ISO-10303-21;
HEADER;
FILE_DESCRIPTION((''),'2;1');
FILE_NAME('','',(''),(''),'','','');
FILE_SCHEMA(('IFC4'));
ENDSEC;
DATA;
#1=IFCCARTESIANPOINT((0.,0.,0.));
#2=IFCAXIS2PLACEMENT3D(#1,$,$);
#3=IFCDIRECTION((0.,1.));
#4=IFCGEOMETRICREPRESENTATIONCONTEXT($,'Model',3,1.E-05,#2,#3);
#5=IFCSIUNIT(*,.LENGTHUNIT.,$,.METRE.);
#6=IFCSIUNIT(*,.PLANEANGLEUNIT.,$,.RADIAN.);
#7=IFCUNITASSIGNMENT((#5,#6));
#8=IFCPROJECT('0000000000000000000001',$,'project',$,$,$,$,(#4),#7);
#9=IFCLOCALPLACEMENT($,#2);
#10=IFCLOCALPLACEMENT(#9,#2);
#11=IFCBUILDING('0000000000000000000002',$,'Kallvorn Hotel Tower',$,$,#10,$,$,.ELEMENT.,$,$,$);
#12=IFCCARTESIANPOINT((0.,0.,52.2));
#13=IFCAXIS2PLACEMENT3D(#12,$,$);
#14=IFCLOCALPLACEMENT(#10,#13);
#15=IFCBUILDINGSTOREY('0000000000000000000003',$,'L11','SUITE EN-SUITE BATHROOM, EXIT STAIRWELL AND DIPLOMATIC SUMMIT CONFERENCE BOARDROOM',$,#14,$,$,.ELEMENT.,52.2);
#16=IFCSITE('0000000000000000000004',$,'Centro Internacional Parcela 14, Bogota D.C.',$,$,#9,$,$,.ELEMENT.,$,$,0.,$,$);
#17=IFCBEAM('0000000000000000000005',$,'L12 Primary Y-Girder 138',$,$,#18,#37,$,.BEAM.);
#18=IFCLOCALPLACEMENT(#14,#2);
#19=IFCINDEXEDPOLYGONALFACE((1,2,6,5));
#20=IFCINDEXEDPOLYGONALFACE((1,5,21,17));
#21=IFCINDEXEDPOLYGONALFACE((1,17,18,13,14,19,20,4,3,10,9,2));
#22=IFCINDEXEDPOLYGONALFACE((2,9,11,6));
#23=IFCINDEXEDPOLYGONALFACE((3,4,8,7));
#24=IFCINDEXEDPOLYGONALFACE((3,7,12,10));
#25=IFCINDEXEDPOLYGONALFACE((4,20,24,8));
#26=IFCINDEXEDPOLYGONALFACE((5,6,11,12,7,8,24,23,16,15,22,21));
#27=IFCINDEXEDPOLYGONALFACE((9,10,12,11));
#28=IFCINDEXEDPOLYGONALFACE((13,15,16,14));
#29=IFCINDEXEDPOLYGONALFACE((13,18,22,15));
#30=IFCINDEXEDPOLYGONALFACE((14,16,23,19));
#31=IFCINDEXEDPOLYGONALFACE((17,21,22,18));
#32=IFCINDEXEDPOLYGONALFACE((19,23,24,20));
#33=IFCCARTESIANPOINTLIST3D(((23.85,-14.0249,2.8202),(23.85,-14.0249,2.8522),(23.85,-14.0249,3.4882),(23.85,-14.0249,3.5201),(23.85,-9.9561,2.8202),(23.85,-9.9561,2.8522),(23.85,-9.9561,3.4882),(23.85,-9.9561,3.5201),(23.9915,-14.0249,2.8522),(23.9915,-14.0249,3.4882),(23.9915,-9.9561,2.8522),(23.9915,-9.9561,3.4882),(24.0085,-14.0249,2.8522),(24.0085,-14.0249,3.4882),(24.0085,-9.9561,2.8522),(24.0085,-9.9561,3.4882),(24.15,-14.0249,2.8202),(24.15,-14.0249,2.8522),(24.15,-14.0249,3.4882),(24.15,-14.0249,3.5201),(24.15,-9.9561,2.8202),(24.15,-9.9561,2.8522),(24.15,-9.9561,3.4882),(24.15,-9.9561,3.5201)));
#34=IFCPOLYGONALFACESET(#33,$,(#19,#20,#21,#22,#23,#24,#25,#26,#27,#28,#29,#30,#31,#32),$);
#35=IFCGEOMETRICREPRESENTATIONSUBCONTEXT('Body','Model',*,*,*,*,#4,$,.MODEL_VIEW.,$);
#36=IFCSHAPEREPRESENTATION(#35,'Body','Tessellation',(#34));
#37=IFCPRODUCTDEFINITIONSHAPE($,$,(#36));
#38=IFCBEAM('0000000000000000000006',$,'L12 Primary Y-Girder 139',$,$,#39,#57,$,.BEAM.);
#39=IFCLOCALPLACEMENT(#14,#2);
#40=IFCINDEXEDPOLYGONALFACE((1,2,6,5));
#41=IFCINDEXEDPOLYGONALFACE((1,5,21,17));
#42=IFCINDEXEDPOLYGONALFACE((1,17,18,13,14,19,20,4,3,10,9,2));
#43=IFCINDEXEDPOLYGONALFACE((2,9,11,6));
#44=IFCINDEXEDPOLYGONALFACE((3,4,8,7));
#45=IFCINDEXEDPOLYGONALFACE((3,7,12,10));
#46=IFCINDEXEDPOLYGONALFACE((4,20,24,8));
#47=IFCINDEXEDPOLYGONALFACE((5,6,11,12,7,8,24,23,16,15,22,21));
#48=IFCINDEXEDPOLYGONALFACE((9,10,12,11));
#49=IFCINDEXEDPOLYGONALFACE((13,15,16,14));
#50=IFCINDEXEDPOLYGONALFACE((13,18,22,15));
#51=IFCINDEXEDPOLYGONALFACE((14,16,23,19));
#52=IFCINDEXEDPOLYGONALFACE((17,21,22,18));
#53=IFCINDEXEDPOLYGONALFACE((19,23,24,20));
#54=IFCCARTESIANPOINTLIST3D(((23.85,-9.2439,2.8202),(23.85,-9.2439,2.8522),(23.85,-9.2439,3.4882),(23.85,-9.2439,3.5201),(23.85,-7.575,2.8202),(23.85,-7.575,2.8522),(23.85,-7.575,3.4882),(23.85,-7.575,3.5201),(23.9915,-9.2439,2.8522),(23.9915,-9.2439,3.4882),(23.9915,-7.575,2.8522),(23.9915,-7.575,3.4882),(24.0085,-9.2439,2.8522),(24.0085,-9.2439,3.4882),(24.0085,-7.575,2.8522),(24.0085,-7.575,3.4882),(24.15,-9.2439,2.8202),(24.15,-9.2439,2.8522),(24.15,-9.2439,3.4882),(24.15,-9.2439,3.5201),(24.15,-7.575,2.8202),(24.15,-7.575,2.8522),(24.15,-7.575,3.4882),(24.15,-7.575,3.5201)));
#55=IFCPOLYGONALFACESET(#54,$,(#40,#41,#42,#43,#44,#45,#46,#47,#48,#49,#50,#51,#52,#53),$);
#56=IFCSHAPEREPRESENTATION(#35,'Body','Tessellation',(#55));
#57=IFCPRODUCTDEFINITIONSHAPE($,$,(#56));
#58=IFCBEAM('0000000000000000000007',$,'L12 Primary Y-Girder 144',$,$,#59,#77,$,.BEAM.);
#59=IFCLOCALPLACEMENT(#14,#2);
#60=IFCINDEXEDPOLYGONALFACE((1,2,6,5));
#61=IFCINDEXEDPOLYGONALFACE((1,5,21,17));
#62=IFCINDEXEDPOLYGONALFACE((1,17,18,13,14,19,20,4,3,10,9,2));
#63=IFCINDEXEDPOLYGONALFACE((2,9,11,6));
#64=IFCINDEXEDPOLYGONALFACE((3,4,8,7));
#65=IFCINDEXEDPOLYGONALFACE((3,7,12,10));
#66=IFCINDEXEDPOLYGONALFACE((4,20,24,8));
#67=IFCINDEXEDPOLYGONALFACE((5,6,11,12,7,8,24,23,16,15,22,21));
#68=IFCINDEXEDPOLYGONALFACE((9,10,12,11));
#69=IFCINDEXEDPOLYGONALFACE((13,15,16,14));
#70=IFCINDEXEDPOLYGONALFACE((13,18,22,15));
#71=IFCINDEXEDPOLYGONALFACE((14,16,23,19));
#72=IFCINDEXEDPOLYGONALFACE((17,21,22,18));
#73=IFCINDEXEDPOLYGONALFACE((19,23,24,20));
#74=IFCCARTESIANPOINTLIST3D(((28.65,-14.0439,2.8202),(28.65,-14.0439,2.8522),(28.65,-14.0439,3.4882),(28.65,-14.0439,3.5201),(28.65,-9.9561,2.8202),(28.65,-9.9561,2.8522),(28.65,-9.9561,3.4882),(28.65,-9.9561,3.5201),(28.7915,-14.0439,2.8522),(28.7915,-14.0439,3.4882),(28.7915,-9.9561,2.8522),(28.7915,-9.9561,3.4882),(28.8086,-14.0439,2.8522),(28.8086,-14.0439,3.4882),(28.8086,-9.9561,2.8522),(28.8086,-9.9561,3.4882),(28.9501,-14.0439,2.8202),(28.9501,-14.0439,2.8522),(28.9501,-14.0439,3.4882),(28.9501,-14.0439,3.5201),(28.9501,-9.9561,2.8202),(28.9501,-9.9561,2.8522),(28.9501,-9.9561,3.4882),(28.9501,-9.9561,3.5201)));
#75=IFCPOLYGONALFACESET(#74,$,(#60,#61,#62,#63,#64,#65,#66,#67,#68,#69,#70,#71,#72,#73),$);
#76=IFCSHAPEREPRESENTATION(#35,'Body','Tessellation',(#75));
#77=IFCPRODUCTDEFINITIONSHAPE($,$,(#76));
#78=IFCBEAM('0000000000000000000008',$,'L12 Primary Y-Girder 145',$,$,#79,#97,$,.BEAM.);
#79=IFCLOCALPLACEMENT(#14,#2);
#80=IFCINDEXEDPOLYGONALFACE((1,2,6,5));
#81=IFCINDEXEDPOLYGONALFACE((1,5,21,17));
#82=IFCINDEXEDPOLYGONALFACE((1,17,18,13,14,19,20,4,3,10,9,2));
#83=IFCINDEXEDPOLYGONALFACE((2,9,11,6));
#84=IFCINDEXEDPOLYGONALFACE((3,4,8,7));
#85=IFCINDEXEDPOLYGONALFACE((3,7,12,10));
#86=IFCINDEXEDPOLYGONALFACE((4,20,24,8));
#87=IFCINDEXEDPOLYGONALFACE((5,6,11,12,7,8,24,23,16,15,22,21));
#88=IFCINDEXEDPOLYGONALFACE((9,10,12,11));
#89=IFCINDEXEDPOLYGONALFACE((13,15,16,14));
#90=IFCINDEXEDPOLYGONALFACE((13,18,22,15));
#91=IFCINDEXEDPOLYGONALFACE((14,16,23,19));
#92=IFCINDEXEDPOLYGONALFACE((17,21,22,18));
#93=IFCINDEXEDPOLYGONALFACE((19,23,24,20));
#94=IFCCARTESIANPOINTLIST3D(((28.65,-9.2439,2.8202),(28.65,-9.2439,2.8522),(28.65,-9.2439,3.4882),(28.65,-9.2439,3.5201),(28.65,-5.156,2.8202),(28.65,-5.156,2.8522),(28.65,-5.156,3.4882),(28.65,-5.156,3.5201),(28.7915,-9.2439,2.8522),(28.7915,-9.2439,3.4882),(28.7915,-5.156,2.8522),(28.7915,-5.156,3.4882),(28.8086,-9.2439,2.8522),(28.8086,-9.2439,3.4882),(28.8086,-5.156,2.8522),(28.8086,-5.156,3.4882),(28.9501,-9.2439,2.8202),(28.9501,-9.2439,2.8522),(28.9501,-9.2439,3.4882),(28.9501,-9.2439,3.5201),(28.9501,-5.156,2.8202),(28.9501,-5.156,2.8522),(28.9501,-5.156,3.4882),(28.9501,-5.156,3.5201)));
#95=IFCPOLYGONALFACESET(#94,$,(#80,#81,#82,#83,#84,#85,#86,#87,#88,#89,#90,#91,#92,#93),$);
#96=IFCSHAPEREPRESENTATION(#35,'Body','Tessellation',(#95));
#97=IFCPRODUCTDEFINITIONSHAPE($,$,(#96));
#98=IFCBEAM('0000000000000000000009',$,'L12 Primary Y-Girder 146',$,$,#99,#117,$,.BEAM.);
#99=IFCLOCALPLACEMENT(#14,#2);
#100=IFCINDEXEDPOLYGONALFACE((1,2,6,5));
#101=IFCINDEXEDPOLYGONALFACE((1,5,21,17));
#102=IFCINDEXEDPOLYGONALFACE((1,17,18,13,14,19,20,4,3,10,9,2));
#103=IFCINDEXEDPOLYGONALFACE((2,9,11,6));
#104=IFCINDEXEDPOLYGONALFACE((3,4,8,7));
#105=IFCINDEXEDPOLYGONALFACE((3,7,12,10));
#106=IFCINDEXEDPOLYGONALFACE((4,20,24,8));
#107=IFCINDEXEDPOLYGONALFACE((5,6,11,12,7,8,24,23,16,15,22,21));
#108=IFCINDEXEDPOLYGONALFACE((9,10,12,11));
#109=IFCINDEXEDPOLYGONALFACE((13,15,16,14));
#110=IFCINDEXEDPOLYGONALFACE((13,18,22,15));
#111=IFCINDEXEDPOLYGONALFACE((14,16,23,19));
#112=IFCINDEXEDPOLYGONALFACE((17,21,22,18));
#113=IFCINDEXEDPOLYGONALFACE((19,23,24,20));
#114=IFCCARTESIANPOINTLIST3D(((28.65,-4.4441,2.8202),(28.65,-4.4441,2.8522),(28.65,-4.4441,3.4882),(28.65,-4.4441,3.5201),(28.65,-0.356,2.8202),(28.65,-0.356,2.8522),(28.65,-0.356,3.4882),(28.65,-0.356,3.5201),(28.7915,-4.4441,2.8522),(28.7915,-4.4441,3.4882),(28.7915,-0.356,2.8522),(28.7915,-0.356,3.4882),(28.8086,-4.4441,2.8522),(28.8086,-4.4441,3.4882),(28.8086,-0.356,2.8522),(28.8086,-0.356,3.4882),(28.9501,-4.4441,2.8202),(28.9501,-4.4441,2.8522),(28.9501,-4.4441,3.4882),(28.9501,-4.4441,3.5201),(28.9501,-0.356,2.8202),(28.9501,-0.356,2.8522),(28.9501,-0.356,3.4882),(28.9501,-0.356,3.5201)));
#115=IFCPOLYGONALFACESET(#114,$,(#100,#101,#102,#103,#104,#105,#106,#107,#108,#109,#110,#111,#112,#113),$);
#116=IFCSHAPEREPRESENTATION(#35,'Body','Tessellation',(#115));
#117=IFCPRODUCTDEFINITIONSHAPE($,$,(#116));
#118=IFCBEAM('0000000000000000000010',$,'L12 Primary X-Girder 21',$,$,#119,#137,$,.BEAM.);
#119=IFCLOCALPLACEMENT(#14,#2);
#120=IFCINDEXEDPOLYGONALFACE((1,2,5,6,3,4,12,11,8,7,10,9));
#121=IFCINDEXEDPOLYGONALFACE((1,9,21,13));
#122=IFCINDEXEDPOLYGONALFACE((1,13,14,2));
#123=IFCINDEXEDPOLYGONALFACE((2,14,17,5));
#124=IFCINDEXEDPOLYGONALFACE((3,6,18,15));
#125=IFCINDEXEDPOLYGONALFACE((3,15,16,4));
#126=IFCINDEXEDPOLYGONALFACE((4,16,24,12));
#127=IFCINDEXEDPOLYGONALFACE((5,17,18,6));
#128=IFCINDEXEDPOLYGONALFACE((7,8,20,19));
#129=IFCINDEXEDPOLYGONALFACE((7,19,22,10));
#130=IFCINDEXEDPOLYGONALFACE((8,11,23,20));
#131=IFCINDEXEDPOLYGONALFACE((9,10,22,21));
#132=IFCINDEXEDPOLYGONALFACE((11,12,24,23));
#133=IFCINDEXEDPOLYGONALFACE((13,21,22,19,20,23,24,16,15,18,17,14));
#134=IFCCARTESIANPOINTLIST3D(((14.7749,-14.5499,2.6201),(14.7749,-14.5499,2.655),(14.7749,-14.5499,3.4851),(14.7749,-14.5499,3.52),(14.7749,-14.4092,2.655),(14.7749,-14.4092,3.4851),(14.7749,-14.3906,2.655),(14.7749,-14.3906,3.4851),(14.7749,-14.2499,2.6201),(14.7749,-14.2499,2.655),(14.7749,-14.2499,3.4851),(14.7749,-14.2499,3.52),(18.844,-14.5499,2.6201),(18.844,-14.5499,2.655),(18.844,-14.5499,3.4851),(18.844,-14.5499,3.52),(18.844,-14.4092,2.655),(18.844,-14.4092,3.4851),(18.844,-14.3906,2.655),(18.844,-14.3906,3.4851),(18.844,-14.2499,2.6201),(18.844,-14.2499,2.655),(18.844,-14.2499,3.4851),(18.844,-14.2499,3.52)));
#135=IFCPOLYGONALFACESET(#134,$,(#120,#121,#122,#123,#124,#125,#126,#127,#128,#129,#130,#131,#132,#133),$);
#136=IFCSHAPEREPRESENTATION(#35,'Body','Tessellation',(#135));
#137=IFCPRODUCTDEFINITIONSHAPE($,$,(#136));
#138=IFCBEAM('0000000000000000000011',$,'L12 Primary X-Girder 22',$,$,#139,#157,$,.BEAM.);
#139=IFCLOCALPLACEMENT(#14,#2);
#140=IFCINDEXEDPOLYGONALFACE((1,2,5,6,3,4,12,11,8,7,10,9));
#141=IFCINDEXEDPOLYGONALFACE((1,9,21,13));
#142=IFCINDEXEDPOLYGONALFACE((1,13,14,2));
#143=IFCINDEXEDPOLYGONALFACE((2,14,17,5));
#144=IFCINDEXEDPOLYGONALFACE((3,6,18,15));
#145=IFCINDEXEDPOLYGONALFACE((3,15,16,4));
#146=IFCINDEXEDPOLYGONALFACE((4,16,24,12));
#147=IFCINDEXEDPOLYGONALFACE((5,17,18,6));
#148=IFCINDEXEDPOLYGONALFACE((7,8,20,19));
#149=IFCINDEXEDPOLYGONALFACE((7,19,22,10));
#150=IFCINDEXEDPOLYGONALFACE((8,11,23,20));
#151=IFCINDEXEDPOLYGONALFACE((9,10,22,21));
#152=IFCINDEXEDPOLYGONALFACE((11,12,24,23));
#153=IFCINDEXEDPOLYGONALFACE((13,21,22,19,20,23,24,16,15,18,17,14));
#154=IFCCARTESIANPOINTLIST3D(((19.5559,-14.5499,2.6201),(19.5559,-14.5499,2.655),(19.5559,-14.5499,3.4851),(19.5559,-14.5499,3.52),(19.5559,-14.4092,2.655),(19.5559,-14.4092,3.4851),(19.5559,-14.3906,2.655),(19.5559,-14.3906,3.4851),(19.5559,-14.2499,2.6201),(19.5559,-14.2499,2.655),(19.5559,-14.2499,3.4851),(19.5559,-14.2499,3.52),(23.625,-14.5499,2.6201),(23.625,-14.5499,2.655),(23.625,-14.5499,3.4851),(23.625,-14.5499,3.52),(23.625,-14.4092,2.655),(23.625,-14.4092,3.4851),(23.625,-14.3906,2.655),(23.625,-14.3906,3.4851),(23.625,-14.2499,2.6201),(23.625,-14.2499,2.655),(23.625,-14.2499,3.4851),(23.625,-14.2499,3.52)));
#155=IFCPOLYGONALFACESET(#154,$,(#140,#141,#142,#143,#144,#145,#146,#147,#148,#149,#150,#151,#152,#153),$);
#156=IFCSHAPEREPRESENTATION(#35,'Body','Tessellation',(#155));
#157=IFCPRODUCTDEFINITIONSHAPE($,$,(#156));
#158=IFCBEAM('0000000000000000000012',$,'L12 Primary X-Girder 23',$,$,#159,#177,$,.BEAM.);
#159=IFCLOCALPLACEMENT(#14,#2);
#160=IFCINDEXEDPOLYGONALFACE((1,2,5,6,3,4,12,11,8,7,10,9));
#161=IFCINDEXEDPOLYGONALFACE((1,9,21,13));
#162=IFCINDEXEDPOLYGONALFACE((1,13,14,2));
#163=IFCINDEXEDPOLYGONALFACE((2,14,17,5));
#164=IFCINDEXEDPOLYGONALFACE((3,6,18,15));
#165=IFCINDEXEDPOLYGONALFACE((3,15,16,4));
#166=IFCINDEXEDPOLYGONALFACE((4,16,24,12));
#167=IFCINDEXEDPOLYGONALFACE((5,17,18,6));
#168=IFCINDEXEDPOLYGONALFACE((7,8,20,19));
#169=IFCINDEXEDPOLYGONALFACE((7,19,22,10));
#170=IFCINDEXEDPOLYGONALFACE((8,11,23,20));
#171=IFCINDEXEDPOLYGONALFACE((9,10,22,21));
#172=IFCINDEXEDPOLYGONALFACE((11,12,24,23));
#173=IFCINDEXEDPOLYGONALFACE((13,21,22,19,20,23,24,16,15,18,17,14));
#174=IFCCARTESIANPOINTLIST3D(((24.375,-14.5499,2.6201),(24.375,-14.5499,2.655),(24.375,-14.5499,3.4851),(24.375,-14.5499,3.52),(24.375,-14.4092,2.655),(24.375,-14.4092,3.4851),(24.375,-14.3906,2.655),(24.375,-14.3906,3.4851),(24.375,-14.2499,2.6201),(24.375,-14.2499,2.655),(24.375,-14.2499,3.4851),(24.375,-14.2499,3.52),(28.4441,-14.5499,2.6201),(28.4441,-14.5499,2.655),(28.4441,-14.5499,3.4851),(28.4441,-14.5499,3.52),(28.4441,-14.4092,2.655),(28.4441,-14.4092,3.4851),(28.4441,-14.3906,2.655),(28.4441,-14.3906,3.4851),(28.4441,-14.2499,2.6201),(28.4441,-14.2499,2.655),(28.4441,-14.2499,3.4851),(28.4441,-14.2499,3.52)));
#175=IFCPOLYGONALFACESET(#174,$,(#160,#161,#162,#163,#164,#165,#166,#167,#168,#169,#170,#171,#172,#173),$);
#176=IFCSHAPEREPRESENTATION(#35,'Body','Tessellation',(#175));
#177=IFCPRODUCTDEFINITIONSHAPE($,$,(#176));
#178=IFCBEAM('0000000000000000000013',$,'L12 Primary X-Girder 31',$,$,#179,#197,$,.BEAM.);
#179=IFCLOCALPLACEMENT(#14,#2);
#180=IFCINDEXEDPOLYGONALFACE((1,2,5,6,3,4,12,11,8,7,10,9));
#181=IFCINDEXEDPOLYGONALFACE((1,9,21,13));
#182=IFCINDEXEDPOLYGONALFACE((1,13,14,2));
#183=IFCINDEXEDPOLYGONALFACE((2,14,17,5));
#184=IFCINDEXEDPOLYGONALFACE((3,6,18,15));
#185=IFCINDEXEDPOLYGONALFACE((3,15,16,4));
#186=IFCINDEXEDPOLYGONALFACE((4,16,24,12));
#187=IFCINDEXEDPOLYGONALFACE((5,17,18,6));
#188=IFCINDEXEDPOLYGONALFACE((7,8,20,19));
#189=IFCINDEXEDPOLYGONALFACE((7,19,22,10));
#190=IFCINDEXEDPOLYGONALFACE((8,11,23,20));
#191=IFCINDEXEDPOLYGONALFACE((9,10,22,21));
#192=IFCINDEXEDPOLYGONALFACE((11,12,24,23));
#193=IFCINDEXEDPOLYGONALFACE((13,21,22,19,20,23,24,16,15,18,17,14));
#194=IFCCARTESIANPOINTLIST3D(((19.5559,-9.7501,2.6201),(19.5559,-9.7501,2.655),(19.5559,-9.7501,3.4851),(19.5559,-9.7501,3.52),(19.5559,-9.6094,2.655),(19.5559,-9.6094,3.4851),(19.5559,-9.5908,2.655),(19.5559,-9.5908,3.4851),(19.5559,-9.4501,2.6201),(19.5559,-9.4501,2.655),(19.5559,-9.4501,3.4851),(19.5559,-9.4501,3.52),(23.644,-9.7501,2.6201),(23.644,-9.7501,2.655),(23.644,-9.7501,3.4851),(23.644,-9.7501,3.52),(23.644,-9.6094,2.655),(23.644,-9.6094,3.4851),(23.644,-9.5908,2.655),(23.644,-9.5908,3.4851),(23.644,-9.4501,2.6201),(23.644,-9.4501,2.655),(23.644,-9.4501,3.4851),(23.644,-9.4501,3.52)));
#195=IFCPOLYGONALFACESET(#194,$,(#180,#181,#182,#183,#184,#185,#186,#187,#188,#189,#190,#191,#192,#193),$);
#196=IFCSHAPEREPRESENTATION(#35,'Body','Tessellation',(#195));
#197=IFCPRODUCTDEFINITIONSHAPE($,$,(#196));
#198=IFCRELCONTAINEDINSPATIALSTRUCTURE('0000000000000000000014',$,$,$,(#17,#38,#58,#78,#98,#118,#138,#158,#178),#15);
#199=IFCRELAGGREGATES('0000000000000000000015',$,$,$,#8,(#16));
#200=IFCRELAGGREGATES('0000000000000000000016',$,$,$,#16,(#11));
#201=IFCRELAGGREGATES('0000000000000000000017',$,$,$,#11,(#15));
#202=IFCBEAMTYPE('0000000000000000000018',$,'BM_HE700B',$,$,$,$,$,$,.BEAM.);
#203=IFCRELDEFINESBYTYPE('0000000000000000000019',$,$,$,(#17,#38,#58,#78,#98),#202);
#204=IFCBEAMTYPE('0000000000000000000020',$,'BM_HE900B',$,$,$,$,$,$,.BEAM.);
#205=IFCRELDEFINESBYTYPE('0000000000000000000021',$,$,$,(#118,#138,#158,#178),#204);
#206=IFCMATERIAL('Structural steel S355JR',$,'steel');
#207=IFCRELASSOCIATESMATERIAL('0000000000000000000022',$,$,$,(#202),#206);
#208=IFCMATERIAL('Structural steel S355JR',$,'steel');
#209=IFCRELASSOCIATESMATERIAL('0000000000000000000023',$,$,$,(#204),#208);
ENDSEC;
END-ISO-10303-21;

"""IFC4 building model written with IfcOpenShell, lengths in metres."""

from ifc_helpers import new_model, si_unit, direction, frame, origin, origin_2d, place, context, subcontext, project, spatial, i_section, extrude, material, material_profile, profile_set, type_object, element, save


model = new_model("IFC4")

# Units and contexts
model_context = context("Model", 3, precision=1e-05, world=origin(), true_north=direction((0.0, 1.0)))
body_context = subcontext(model_context, "Body", "Model", "MODEL_VIEW")
ifc_project = project(units=[si_unit("LENGTHUNIT", "METRE"), si_unit("PLANEANGLEUNIT", "RADIAN")], contexts=[model_context])

# Site, building, storey
site_placement = place(None, origin())
site = spatial("IfcSite", under=ifc_project, at=site_placement, Name="Centro Internacional Parcela 14, Bogota D.C.", CompositionType="ELEMENT", RefElevation=0.0)
building_placement = place(site_placement, origin())
building = spatial("IfcBuilding", under=site, at=building_placement, Name="Kallvorn Hotel Tower", CompositionType="ELEMENT")
storey_placement = place(building_placement, frame((0.0, 0.0, 52.2)))
storey = spatial("IfcBuildingStorey", under=building, at=storey_placement, Name="L11", Description="SUITE EN-SUITE BATHROOM, EXIT STAIRWELL AND DIPLOMATIC SUMMIT CONFERENCE BOARDROOM", CompositionType="ELEMENT", Elevation=52.2)

# Beams
ifc_material_1 = material(Name="Structural steel S355JR", Category="steel")
ifc_material_profile_1 = material_profile(ifc_material_1, i_section(OverallWidth=0.3, OverallDepth=0.7, WebThickness=0.0171, FlangeThickness=0.032, at=origin_2d()), Name="HE 700 B")
ifc_profile_set_1 = profile_set([ifc_material_profile_1], Name="Structural steel S355JR")
beam_type_1 = type_object("IfcBeamType", Name="BM_HE700B", PredefinedType="BEAM", material=ifc_profile_set_1)
beam_1_placement = place(storey_placement, frame((24.0, -14.0249, 3.1702), z_axis=(0.0, 1.0, 0.0), x_axis=(-1.0, 0.0, 0.0)))
element("IfcBeam", 1, at=beam_1_placement, inside=storey, type_object=beam_type_1, Name="L12 Primary Y-Girder 138", PredefinedType="BEAM", context=body_context, shape_type="SweptSolid", body=[
    extrude(i_section(OverallWidth=0.3, OverallDepth=0.7, WebThickness=0.0171, FlangeThickness=0.032, at=origin_2d()), origin(), (0.0, 0.0, 1.0), 4.0688),
])
beam_2_placement = place(storey_placement, frame((24.0, -9.2439, 3.1702), z_axis=(0.0, 1.0, 0.0), x_axis=(-1.0, 0.0, 0.0)))
element("IfcBeam", 2, at=beam_2_placement, inside=storey, type_object=beam_type_1, Name="L12 Primary Y-Girder 139", PredefinedType="BEAM", context=body_context, shape_type="SweptSolid", body=[
    extrude(i_section(OverallWidth=0.3, OverallDepth=0.7, WebThickness=0.0171, FlangeThickness=0.032, at=origin_2d()), origin(), (0.0, 0.0, 1.0), 1.6689),
])
for number, where, z_axis, x_axis, name in (
    (3, (28.8, -14.0439, 3.1702), (0.0, 1.0, 0.0), (-1.0, 0.0, 0.0), "L12 Primary Y-Girder 144"),
    (4, (28.8, -9.2439, 3.1702), (0.0, 1.0, 0.0), (-1.0, 0.0, 0.0), "L12 Primary Y-Girder 145"),
):
    element("IfcBeam", number, at=place(storey_placement, frame(where, z_axis=z_axis, x_axis=x_axis)), inside=storey, type_object=beam_type_1, Name=name, PredefinedType="BEAM", context=body_context, shape_type="SweptSolid", body=[
        extrude(i_section(OverallWidth=0.3, OverallDepth=0.7, WebThickness=0.0171, FlangeThickness=0.032, at=origin_2d()), origin(), (0.0, 0.0, 1.0), 4.0879),
    ])
beam_3_placement = place(storey_placement, frame((28.8, -4.4441, 3.1702), z_axis=(0.0, 1.0, 0.0), x_axis=(-1.0, 0.0, 0.0)))
element("IfcBeam", 5, at=beam_3_placement, inside=storey, type_object=beam_type_1, Name="L12 Primary Y-Girder 146", PredefinedType="BEAM", context=body_context, shape_type="SweptSolid", body=[
    extrude(i_section(OverallWidth=0.3, OverallDepth=0.7, WebThickness=0.0171, FlangeThickness=0.032, at=origin_2d()), origin(), (0.0, 0.0, 1.0), 4.0881),
])
ifc_material_2 = material(Name="Structural steel S355JR", Category="steel")
ifc_material_profile_2 = material_profile(ifc_material_2, i_section(OverallWidth=0.3, OverallDepth=0.8999, WebThickness=0.0186, FlangeThickness=0.0349, at=origin_2d()), Name="HE 900 B")
ifc_profile_set_2 = profile_set([ifc_material_profile_2], Name="Structural steel S355JR")
beam_type_2 = type_object("IfcBeamType", Name="BM_HE900B", PredefinedType="BEAM", material=ifc_profile_set_2)
for number, where, z_axis, x_axis, name in (
    (6, (14.7749, -14.3999, 3.0701), (1.0, 0.0, 0.0), (0.0, 1.0, 0.0), "L12 Primary X-Girder 21"),
    (7, (19.5559, -14.3999, 3.0701), (1.0, 0.0, 0.0), (0.0, 1.0, 0.0), "L12 Primary X-Girder 22"),
    (8, (24.375, -14.3999, 3.0701), (1.0, 0.0, 0.0), (0.0, 1.0, 0.0), "L12 Primary X-Girder 23"),
):
    element("IfcBeam", number, at=place(storey_placement, frame(where, z_axis=z_axis, x_axis=x_axis)), inside=storey, type_object=beam_type_2, Name=name, PredefinedType="BEAM", context=body_context, shape_type="SweptSolid", body=[
        extrude(i_section(OverallWidth=0.3, OverallDepth=0.8999, WebThickness=0.0186, FlangeThickness=0.0349, at=origin_2d()), origin(), (0.0, 0.0, 1.0), 4.0691),
    ])
for number, where, z_axis, x_axis, name in (
    (9, (19.5559, -9.6001, 3.0701), (1.0, 0.0, 0.0), (0.0, 1.0, 0.0), "L12 Primary X-Girder 31"),
):
    element("IfcBeam", number, at=place(storey_placement, frame(where, z_axis=z_axis, x_axis=x_axis)), inside=storey, type_object=beam_type_2, Name=name, PredefinedType="BEAM", context=body_context, shape_type="SweptSolid", body=[
        extrude(i_section(OverallWidth=0.3, OverallDepth=0.8999, WebThickness=0.0186, FlangeThickness=0.0349, at=origin_2d()), origin(), (0.0, 0.0, 1.0), 4.0881),
    ])

save(model, "model.ifc")
